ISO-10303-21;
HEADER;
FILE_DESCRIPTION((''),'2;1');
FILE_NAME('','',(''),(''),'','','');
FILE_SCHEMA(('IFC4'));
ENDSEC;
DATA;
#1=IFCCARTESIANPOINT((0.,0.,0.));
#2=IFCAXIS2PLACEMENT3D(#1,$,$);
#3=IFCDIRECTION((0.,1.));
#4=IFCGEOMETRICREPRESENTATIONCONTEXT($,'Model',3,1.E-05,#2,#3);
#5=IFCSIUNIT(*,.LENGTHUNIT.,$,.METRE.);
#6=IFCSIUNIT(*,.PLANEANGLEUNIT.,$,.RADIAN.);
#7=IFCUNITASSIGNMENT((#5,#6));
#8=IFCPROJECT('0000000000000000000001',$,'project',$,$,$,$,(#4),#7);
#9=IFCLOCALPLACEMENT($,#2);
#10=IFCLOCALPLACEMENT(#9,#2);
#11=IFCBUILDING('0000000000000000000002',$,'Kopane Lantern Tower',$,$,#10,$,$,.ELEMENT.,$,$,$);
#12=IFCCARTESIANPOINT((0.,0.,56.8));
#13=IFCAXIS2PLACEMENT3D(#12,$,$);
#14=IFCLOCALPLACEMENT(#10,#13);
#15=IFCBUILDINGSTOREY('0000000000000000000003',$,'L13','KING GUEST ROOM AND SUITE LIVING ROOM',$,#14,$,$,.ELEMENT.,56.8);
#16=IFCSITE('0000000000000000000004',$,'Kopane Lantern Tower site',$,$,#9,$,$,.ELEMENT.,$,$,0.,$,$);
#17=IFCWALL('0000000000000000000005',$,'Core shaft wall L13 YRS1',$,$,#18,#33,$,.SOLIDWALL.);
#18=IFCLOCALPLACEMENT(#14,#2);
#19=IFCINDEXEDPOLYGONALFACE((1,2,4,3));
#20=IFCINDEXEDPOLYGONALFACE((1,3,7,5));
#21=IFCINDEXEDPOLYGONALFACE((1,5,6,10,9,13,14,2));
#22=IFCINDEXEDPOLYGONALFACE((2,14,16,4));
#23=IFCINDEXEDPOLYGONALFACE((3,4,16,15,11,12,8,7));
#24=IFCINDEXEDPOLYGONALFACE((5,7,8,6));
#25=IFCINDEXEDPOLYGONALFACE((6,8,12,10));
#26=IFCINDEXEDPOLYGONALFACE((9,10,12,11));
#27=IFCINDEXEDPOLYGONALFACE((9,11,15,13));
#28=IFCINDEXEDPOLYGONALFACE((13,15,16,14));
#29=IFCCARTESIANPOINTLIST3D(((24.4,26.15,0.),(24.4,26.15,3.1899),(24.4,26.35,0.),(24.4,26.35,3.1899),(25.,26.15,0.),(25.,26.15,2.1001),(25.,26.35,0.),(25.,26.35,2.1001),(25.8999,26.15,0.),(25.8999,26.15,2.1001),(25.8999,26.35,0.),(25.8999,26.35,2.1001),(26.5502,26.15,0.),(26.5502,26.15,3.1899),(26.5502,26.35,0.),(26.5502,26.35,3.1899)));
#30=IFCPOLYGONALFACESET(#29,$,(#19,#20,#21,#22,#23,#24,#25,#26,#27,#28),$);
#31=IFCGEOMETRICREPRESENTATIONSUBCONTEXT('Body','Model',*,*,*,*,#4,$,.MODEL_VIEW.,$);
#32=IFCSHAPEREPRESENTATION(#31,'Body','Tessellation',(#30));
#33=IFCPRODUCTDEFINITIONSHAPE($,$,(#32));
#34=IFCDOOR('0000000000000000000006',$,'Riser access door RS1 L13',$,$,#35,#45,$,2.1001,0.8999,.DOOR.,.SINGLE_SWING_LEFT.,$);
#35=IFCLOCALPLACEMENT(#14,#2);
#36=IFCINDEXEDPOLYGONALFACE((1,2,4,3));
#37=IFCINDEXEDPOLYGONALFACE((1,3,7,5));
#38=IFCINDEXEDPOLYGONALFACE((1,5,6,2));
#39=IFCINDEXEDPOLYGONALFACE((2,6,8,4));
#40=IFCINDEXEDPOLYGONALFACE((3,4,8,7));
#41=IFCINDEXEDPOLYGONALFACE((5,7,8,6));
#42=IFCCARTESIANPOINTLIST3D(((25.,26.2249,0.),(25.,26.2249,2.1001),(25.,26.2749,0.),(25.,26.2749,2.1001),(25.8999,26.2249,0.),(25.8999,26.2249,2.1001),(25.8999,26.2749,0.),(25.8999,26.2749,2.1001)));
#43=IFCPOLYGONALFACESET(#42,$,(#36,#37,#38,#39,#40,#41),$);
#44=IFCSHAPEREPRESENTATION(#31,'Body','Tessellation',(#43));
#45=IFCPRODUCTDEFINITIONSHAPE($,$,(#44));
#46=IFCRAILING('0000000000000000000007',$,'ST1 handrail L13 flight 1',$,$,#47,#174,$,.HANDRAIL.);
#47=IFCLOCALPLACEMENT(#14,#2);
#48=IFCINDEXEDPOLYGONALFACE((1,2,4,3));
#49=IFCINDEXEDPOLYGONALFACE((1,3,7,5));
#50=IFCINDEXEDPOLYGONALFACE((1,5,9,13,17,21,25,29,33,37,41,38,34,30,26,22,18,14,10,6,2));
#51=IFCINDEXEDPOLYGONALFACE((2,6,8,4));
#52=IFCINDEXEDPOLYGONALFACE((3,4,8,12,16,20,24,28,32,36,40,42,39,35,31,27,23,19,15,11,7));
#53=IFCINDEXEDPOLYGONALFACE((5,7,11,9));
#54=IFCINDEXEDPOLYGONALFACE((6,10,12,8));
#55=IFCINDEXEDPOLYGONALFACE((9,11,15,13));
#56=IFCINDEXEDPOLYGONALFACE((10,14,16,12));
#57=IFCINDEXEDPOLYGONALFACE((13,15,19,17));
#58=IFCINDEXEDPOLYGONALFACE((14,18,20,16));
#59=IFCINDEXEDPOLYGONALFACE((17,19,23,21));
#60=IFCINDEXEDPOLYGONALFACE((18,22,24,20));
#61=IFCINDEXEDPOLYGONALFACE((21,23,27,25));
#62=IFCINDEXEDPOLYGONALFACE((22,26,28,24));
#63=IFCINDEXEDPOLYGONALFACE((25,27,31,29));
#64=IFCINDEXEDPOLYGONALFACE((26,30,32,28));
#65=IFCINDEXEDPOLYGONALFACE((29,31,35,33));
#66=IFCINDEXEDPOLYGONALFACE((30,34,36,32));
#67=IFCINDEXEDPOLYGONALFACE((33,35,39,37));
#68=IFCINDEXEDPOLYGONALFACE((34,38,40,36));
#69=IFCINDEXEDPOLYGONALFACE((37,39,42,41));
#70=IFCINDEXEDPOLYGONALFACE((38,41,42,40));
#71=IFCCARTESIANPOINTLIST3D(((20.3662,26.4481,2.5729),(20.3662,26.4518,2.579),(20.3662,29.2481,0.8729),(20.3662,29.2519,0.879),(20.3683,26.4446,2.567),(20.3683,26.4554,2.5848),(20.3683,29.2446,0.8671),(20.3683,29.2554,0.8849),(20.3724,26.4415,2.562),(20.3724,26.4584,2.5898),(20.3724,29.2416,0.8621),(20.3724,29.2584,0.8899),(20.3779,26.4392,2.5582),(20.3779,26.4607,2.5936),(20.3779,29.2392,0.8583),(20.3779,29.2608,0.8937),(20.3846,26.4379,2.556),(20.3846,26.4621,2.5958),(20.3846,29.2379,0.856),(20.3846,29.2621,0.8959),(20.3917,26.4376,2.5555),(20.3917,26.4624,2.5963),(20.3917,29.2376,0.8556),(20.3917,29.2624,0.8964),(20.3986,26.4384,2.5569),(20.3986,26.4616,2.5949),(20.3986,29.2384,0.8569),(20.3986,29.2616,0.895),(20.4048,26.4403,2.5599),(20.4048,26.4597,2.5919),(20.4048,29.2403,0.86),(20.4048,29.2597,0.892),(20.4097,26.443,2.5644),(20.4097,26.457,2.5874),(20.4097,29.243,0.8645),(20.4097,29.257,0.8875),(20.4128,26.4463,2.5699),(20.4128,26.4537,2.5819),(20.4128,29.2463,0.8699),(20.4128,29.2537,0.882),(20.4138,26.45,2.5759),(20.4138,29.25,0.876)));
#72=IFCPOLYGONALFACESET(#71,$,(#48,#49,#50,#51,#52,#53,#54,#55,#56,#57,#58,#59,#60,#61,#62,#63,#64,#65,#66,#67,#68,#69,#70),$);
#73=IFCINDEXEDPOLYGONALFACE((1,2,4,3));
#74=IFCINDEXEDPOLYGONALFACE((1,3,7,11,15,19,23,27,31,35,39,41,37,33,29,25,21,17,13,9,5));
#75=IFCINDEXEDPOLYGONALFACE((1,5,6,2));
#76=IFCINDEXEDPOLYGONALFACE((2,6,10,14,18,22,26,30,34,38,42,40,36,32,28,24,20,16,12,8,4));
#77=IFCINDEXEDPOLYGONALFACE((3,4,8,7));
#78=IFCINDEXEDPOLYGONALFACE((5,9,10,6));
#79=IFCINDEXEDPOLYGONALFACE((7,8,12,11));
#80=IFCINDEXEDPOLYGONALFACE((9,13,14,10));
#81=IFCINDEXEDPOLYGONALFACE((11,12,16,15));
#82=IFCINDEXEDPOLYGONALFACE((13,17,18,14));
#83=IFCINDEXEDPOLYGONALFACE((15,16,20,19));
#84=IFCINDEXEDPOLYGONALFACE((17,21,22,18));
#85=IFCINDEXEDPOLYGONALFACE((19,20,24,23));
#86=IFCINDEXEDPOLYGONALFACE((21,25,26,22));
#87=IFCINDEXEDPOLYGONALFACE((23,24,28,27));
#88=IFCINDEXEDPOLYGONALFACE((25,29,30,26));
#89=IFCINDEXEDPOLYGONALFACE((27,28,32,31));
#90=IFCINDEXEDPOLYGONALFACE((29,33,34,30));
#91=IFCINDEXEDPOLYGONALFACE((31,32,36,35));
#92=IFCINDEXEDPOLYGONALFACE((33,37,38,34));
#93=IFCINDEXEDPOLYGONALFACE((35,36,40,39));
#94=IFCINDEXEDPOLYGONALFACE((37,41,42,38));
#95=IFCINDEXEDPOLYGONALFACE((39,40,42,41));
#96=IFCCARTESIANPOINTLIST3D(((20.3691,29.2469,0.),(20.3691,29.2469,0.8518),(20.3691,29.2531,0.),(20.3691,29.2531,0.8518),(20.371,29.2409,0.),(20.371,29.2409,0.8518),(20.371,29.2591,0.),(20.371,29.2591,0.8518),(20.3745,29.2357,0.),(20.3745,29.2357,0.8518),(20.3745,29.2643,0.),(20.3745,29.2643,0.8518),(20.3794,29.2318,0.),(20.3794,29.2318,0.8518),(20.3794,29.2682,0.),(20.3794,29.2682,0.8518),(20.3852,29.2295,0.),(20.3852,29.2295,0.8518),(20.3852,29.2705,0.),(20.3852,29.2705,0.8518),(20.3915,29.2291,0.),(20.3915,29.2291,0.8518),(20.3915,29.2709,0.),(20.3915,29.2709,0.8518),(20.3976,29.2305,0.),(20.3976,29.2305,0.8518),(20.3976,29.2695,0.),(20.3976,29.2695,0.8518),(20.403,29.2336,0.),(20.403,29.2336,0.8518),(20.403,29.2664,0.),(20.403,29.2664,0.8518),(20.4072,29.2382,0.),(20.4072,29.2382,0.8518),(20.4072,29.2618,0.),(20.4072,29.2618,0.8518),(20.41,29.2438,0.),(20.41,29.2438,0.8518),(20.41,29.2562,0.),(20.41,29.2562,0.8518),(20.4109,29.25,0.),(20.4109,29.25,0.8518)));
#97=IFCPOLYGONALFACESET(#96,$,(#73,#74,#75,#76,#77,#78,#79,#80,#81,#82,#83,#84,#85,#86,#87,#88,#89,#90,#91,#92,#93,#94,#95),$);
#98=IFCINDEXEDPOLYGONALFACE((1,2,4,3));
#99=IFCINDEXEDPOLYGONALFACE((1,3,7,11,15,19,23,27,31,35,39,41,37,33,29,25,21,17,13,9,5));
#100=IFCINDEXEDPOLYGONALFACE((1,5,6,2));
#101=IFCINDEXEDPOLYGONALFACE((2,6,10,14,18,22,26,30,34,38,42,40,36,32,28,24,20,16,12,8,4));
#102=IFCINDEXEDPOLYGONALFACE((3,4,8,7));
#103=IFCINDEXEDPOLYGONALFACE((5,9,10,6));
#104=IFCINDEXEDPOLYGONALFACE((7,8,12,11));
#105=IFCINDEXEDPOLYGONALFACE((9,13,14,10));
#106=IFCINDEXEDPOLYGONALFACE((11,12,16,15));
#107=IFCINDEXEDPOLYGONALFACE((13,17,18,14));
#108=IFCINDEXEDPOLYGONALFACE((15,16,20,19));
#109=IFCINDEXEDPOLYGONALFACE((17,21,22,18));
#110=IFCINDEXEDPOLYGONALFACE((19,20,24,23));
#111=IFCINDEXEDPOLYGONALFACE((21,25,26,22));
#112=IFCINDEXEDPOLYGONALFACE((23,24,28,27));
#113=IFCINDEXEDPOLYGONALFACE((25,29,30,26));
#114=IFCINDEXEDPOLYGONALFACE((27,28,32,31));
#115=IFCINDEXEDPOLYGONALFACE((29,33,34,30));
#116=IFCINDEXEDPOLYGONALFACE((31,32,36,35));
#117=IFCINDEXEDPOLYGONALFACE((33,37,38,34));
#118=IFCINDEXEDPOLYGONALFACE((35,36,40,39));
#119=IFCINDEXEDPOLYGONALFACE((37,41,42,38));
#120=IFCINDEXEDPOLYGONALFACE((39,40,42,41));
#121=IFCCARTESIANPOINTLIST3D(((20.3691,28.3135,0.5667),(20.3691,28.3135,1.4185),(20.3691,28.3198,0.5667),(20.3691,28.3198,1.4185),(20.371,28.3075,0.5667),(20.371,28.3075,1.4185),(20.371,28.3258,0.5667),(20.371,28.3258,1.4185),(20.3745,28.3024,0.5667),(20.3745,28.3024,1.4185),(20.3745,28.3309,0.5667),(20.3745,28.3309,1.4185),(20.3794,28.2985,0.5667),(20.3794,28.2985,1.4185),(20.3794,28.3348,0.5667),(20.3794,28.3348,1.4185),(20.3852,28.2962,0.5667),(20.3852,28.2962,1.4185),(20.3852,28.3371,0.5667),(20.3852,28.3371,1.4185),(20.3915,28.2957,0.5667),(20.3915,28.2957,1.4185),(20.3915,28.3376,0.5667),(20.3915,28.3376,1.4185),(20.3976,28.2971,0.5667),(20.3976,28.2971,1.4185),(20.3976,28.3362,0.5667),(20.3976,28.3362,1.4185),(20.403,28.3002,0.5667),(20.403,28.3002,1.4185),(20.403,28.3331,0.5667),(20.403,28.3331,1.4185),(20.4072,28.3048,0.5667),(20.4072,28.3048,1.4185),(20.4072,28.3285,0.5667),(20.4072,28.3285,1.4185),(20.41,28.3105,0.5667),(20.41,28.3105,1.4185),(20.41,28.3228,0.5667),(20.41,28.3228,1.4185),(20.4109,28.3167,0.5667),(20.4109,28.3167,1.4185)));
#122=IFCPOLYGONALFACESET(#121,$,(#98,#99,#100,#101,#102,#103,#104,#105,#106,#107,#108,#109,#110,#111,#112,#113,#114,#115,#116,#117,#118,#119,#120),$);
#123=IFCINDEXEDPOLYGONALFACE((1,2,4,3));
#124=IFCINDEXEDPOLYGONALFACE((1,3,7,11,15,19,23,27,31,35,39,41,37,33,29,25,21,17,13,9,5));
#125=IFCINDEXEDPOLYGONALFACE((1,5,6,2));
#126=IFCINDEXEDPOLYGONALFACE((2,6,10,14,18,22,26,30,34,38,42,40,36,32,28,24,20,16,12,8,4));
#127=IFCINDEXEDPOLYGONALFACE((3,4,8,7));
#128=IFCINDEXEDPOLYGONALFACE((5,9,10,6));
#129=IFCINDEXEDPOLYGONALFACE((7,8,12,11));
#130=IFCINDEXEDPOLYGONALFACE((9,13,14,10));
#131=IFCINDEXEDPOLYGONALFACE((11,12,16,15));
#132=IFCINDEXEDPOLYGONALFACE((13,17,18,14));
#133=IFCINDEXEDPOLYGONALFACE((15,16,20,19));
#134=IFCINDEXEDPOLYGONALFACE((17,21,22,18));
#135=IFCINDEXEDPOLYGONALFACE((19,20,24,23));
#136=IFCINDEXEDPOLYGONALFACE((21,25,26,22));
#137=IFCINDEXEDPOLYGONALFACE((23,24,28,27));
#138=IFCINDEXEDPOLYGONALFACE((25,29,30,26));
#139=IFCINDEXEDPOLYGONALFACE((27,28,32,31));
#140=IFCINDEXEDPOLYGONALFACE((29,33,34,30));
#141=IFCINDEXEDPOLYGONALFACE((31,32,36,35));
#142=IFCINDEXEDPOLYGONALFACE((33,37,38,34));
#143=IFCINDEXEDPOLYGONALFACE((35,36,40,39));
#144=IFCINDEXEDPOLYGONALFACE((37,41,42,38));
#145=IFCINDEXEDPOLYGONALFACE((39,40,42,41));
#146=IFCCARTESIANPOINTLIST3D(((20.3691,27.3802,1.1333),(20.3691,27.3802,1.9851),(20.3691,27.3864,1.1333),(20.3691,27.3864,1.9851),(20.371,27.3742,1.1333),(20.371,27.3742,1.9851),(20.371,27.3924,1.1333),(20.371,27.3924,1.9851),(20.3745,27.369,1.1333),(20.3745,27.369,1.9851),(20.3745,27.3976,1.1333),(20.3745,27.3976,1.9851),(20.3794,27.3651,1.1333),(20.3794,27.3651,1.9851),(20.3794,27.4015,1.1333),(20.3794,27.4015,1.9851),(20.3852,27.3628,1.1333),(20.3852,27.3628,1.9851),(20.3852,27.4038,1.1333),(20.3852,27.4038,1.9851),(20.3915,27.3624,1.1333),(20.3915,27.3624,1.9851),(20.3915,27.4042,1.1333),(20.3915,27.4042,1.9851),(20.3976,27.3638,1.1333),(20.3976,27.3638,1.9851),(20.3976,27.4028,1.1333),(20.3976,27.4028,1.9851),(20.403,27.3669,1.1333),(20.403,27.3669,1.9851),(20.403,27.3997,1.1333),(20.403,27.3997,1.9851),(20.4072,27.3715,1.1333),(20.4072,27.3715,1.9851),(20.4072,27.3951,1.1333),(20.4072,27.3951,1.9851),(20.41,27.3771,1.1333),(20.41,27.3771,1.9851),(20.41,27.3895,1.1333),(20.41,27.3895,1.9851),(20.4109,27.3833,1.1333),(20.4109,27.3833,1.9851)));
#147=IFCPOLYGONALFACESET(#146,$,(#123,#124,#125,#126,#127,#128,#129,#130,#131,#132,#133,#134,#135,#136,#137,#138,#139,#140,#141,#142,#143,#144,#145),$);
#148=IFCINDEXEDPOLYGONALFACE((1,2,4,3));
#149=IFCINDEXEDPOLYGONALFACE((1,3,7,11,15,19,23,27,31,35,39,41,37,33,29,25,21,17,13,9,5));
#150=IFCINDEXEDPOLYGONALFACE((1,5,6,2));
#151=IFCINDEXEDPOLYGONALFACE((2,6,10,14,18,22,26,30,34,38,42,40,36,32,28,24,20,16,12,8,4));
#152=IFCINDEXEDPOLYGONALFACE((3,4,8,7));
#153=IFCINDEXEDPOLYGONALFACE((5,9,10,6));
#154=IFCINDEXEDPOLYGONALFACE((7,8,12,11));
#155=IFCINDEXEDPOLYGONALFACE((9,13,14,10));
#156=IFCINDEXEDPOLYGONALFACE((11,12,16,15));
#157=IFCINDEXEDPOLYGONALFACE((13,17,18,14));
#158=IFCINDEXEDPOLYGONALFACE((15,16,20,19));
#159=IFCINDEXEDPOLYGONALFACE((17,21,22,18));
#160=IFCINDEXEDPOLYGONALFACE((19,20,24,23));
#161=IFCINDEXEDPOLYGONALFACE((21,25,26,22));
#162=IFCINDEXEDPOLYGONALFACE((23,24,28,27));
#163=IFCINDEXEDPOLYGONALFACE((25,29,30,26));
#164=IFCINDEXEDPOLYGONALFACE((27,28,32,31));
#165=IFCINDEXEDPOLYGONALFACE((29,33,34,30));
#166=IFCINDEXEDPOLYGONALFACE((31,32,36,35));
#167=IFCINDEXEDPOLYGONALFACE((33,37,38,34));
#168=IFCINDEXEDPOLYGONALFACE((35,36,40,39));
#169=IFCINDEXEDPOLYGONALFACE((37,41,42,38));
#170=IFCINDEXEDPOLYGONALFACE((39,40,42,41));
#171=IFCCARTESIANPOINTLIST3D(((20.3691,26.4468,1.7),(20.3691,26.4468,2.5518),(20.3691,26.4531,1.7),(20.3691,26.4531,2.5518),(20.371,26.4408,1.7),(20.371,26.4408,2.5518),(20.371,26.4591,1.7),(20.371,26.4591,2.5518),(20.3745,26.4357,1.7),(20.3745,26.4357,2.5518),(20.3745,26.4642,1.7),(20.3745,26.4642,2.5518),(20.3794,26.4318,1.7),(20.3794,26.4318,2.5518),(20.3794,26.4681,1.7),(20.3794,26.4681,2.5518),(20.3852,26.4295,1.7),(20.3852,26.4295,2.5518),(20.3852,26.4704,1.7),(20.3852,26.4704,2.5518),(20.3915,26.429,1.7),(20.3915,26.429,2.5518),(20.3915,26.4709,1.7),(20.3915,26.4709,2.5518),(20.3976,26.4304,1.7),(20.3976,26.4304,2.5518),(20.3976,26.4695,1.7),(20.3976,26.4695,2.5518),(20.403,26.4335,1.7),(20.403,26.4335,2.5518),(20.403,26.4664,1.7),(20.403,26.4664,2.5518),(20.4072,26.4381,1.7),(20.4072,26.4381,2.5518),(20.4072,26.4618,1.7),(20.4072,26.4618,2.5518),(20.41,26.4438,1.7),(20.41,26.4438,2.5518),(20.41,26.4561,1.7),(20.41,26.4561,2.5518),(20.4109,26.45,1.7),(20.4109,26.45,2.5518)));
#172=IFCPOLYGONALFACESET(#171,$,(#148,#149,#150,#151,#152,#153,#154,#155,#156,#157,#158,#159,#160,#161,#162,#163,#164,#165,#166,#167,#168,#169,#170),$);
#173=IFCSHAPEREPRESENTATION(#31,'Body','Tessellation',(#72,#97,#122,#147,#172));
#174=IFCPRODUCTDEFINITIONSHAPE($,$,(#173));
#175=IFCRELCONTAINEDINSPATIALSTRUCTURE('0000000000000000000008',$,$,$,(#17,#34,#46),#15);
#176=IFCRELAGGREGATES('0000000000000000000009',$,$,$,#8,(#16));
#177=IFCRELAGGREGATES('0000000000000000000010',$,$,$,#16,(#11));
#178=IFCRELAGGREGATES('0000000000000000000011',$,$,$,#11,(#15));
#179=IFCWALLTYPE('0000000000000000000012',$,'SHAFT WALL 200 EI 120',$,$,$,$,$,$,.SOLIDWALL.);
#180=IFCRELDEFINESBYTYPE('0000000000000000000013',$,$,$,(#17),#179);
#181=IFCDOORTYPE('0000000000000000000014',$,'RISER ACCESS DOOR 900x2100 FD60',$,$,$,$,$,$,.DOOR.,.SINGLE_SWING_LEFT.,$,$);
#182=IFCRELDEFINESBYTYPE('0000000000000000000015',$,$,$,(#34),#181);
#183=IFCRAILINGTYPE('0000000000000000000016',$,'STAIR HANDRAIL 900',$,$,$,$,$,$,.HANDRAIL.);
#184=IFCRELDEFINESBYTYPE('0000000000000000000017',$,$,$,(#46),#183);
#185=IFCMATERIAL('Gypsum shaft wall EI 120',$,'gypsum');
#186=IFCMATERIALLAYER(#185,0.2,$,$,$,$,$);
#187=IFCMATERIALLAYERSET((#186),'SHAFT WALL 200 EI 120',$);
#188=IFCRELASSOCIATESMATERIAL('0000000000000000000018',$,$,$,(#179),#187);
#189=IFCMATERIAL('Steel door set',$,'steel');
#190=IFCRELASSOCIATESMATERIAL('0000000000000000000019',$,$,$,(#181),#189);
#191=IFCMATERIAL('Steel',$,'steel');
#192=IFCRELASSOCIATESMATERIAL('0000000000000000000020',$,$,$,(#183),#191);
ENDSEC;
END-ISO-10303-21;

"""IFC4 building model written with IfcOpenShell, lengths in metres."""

from ifc_helpers import new_model, si_unit, direction, frame, frame_2d, origin, origin_2d, place, context, subcontext, project, spatial, rectangle, circle, extrude, material, layer, layer_set, type_object, element, fill, save


model = new_model("IFC4")

# Units and contexts
model_context = context("Model", 3, precision=1e-05, world=origin(), true_north=direction((0.0, 1.0)))
body_context = subcontext(model_context, "Body", "Model", "MODEL_VIEW")
ifc_project = project(units=[si_unit("LENGTHUNIT", "METRE"), si_unit("PLANEANGLEUNIT", "RADIAN")], contexts=[model_context])

# Site, building, storey
site_placement = place(None, origin())
site = spatial("IfcSite", under=ifc_project, at=site_placement, Name="Kopane Lantern Tower site", CompositionType="ELEMENT", RefElevation=0.0)
building_placement = place(site_placement, origin())
building = spatial("IfcBuilding", under=site, at=building_placement, Name="Kopane Lantern Tower", CompositionType="ELEMENT")
storey_placement = place(building_placement, frame((0.0, 0.0, 56.8)))
storey = spatial("IfcBuildingStorey", under=building, at=storey_placement, Name="L13", Description="KING GUEST ROOM AND SUITE LIVING ROOM", CompositionType="ELEMENT", Elevation=56.8)

# Shared definitions
ifc_material_1 = material(Name="Gypsum shaft wall EI 120", Category="gypsum")
ifc_layer_1 = layer(ifc_material_1, 0.2)
ifc_layer_set_1 = layer_set([ifc_layer_1], Name="SHAFT WALL 200 EI 120")
wall_type_1 = type_object("IfcWallType", Name="SHAFT WALL 200 EI 120", PredefinedType="SOLIDWALL", material=ifc_layer_set_1)

# Wall, opening, door
wall_1_placement = place(storey_placement, frame((24.3999, 26.25, 0.0), z_axis=(0.0, 0.0, 1.0), x_axis=(1.0, 0.0, 0.0)))
wall_1 = element("IfcWall", 1, at=wall_1_placement, inside=storey, type_object=wall_type_1, Name="Core shaft wall L13 YRS1", PredefinedType="SOLIDWALL", context=body_context, shape_type="SweptSolid", body=[
    extrude(rectangle(XDim=2.1501, YDim=0.2, at=frame_2d((1.0752, 0.0))), origin(), (0.0, 0.0, 1.0), 3.1899),
])
opening_1_placement = place(wall_1_placement, frame((0.6001, 0.0, 0.0)))
opening_1 = element("IfcOpeningElement", 2, at=opening_1_placement, cuts=wall_1, PredefinedType="OPENING", context=body_context, shape_type="SweptSolid", body=[
    extrude(rectangle(XDim=0.8999, YDim=2.1001, at=frame_2d((0.45, 1.05))), frame((0.0, 0.1099, 0.0), z_axis=(0.0, -1.0, 0.0), x_axis=(1.0, 0.0, 0.0)), (0.0, 0.0, 1.0), 0.22),
])
ifc_material_2 = material(Name="Steel door set", Category="steel")
door_type_1 = type_object("IfcDoorType", Name="RISER ACCESS DOOR 900x2100 FD60", OperationType="SINGLE_SWING_LEFT", PredefinedType="DOOR", material=ifc_material_2)
door_1_placement = place(opening_1_placement, origin())
door_1 = element("IfcDoor", 3, at=door_1_placement, inside=storey, type_object=door_type_1, Name="Riser access door RS1 L13", OperationType="SINGLE_SWING_LEFT", OverallHeight=2.1001, OverallWidth=0.8999, PredefinedType="DOOR", context=body_context, shape_type="SweptSolid", body=[
    extrude(rectangle(XDim=0.8999, YDim=2.1001, at=frame_2d((0.45, 1.05))), frame((0.0, 0.0249, 0.0), z_axis=(0.0, -1.0, 0.0), x_axis=(1.0, 0.0, 0.0)), (0.0, 0.0, 1.0), 0.05),
])
fill(opening_1, door_1)

# Railing
ifc_material_3 = material(Name="Steel", Category="steel")
railing_type_1 = type_object("IfcRailingType", Name="STAIR HANDRAIL 900", PredefinedType="HANDRAIL", material=ifc_material_3)
for number, where, name in (
    (4, (20.3899, 29.25, 0.0), "ST1 handrail L13 flight 1"),
):
    element("IfcRailing", number, at=place(storey_placement, frame(where)), inside=storey, type_object=railing_type_1, Name=name, PredefinedType="HANDRAIL", context=body_context, shape_type="SweptSolid", body=[
        extrude(circle(Radius=0.0239, at=origin_2d()), frame((0.0, 0.0, 0.876), z_axis=(0.0, -0.854798, 0.518961), x_axis=(1.0, 0.0, 0.0)), (0.0, 0.0, 1.0), 3.2756),
        extrude(circle(Radius=0.021, at=origin_2d()), origin(), (0.0, 0.0, 1.0), 0.8518),
        extrude(circle(Radius=0.021, at=origin_2d()), frame((0.0, -0.9333, 0.5667)), (0.0, 0.0, 1.0), 0.8518),
        extrude(circle(Radius=0.021, at=origin_2d()), frame((0.0, -1.8667, 1.1333)), (0.0, 0.0, 1.0), 0.8518),
        extrude(circle(Radius=0.021, at=origin_2d()), frame((0.0, -2.8, 1.7)), (0.0, 0.0, 1.0), 0.8518),
    ])

save(model, "model.ifc")
